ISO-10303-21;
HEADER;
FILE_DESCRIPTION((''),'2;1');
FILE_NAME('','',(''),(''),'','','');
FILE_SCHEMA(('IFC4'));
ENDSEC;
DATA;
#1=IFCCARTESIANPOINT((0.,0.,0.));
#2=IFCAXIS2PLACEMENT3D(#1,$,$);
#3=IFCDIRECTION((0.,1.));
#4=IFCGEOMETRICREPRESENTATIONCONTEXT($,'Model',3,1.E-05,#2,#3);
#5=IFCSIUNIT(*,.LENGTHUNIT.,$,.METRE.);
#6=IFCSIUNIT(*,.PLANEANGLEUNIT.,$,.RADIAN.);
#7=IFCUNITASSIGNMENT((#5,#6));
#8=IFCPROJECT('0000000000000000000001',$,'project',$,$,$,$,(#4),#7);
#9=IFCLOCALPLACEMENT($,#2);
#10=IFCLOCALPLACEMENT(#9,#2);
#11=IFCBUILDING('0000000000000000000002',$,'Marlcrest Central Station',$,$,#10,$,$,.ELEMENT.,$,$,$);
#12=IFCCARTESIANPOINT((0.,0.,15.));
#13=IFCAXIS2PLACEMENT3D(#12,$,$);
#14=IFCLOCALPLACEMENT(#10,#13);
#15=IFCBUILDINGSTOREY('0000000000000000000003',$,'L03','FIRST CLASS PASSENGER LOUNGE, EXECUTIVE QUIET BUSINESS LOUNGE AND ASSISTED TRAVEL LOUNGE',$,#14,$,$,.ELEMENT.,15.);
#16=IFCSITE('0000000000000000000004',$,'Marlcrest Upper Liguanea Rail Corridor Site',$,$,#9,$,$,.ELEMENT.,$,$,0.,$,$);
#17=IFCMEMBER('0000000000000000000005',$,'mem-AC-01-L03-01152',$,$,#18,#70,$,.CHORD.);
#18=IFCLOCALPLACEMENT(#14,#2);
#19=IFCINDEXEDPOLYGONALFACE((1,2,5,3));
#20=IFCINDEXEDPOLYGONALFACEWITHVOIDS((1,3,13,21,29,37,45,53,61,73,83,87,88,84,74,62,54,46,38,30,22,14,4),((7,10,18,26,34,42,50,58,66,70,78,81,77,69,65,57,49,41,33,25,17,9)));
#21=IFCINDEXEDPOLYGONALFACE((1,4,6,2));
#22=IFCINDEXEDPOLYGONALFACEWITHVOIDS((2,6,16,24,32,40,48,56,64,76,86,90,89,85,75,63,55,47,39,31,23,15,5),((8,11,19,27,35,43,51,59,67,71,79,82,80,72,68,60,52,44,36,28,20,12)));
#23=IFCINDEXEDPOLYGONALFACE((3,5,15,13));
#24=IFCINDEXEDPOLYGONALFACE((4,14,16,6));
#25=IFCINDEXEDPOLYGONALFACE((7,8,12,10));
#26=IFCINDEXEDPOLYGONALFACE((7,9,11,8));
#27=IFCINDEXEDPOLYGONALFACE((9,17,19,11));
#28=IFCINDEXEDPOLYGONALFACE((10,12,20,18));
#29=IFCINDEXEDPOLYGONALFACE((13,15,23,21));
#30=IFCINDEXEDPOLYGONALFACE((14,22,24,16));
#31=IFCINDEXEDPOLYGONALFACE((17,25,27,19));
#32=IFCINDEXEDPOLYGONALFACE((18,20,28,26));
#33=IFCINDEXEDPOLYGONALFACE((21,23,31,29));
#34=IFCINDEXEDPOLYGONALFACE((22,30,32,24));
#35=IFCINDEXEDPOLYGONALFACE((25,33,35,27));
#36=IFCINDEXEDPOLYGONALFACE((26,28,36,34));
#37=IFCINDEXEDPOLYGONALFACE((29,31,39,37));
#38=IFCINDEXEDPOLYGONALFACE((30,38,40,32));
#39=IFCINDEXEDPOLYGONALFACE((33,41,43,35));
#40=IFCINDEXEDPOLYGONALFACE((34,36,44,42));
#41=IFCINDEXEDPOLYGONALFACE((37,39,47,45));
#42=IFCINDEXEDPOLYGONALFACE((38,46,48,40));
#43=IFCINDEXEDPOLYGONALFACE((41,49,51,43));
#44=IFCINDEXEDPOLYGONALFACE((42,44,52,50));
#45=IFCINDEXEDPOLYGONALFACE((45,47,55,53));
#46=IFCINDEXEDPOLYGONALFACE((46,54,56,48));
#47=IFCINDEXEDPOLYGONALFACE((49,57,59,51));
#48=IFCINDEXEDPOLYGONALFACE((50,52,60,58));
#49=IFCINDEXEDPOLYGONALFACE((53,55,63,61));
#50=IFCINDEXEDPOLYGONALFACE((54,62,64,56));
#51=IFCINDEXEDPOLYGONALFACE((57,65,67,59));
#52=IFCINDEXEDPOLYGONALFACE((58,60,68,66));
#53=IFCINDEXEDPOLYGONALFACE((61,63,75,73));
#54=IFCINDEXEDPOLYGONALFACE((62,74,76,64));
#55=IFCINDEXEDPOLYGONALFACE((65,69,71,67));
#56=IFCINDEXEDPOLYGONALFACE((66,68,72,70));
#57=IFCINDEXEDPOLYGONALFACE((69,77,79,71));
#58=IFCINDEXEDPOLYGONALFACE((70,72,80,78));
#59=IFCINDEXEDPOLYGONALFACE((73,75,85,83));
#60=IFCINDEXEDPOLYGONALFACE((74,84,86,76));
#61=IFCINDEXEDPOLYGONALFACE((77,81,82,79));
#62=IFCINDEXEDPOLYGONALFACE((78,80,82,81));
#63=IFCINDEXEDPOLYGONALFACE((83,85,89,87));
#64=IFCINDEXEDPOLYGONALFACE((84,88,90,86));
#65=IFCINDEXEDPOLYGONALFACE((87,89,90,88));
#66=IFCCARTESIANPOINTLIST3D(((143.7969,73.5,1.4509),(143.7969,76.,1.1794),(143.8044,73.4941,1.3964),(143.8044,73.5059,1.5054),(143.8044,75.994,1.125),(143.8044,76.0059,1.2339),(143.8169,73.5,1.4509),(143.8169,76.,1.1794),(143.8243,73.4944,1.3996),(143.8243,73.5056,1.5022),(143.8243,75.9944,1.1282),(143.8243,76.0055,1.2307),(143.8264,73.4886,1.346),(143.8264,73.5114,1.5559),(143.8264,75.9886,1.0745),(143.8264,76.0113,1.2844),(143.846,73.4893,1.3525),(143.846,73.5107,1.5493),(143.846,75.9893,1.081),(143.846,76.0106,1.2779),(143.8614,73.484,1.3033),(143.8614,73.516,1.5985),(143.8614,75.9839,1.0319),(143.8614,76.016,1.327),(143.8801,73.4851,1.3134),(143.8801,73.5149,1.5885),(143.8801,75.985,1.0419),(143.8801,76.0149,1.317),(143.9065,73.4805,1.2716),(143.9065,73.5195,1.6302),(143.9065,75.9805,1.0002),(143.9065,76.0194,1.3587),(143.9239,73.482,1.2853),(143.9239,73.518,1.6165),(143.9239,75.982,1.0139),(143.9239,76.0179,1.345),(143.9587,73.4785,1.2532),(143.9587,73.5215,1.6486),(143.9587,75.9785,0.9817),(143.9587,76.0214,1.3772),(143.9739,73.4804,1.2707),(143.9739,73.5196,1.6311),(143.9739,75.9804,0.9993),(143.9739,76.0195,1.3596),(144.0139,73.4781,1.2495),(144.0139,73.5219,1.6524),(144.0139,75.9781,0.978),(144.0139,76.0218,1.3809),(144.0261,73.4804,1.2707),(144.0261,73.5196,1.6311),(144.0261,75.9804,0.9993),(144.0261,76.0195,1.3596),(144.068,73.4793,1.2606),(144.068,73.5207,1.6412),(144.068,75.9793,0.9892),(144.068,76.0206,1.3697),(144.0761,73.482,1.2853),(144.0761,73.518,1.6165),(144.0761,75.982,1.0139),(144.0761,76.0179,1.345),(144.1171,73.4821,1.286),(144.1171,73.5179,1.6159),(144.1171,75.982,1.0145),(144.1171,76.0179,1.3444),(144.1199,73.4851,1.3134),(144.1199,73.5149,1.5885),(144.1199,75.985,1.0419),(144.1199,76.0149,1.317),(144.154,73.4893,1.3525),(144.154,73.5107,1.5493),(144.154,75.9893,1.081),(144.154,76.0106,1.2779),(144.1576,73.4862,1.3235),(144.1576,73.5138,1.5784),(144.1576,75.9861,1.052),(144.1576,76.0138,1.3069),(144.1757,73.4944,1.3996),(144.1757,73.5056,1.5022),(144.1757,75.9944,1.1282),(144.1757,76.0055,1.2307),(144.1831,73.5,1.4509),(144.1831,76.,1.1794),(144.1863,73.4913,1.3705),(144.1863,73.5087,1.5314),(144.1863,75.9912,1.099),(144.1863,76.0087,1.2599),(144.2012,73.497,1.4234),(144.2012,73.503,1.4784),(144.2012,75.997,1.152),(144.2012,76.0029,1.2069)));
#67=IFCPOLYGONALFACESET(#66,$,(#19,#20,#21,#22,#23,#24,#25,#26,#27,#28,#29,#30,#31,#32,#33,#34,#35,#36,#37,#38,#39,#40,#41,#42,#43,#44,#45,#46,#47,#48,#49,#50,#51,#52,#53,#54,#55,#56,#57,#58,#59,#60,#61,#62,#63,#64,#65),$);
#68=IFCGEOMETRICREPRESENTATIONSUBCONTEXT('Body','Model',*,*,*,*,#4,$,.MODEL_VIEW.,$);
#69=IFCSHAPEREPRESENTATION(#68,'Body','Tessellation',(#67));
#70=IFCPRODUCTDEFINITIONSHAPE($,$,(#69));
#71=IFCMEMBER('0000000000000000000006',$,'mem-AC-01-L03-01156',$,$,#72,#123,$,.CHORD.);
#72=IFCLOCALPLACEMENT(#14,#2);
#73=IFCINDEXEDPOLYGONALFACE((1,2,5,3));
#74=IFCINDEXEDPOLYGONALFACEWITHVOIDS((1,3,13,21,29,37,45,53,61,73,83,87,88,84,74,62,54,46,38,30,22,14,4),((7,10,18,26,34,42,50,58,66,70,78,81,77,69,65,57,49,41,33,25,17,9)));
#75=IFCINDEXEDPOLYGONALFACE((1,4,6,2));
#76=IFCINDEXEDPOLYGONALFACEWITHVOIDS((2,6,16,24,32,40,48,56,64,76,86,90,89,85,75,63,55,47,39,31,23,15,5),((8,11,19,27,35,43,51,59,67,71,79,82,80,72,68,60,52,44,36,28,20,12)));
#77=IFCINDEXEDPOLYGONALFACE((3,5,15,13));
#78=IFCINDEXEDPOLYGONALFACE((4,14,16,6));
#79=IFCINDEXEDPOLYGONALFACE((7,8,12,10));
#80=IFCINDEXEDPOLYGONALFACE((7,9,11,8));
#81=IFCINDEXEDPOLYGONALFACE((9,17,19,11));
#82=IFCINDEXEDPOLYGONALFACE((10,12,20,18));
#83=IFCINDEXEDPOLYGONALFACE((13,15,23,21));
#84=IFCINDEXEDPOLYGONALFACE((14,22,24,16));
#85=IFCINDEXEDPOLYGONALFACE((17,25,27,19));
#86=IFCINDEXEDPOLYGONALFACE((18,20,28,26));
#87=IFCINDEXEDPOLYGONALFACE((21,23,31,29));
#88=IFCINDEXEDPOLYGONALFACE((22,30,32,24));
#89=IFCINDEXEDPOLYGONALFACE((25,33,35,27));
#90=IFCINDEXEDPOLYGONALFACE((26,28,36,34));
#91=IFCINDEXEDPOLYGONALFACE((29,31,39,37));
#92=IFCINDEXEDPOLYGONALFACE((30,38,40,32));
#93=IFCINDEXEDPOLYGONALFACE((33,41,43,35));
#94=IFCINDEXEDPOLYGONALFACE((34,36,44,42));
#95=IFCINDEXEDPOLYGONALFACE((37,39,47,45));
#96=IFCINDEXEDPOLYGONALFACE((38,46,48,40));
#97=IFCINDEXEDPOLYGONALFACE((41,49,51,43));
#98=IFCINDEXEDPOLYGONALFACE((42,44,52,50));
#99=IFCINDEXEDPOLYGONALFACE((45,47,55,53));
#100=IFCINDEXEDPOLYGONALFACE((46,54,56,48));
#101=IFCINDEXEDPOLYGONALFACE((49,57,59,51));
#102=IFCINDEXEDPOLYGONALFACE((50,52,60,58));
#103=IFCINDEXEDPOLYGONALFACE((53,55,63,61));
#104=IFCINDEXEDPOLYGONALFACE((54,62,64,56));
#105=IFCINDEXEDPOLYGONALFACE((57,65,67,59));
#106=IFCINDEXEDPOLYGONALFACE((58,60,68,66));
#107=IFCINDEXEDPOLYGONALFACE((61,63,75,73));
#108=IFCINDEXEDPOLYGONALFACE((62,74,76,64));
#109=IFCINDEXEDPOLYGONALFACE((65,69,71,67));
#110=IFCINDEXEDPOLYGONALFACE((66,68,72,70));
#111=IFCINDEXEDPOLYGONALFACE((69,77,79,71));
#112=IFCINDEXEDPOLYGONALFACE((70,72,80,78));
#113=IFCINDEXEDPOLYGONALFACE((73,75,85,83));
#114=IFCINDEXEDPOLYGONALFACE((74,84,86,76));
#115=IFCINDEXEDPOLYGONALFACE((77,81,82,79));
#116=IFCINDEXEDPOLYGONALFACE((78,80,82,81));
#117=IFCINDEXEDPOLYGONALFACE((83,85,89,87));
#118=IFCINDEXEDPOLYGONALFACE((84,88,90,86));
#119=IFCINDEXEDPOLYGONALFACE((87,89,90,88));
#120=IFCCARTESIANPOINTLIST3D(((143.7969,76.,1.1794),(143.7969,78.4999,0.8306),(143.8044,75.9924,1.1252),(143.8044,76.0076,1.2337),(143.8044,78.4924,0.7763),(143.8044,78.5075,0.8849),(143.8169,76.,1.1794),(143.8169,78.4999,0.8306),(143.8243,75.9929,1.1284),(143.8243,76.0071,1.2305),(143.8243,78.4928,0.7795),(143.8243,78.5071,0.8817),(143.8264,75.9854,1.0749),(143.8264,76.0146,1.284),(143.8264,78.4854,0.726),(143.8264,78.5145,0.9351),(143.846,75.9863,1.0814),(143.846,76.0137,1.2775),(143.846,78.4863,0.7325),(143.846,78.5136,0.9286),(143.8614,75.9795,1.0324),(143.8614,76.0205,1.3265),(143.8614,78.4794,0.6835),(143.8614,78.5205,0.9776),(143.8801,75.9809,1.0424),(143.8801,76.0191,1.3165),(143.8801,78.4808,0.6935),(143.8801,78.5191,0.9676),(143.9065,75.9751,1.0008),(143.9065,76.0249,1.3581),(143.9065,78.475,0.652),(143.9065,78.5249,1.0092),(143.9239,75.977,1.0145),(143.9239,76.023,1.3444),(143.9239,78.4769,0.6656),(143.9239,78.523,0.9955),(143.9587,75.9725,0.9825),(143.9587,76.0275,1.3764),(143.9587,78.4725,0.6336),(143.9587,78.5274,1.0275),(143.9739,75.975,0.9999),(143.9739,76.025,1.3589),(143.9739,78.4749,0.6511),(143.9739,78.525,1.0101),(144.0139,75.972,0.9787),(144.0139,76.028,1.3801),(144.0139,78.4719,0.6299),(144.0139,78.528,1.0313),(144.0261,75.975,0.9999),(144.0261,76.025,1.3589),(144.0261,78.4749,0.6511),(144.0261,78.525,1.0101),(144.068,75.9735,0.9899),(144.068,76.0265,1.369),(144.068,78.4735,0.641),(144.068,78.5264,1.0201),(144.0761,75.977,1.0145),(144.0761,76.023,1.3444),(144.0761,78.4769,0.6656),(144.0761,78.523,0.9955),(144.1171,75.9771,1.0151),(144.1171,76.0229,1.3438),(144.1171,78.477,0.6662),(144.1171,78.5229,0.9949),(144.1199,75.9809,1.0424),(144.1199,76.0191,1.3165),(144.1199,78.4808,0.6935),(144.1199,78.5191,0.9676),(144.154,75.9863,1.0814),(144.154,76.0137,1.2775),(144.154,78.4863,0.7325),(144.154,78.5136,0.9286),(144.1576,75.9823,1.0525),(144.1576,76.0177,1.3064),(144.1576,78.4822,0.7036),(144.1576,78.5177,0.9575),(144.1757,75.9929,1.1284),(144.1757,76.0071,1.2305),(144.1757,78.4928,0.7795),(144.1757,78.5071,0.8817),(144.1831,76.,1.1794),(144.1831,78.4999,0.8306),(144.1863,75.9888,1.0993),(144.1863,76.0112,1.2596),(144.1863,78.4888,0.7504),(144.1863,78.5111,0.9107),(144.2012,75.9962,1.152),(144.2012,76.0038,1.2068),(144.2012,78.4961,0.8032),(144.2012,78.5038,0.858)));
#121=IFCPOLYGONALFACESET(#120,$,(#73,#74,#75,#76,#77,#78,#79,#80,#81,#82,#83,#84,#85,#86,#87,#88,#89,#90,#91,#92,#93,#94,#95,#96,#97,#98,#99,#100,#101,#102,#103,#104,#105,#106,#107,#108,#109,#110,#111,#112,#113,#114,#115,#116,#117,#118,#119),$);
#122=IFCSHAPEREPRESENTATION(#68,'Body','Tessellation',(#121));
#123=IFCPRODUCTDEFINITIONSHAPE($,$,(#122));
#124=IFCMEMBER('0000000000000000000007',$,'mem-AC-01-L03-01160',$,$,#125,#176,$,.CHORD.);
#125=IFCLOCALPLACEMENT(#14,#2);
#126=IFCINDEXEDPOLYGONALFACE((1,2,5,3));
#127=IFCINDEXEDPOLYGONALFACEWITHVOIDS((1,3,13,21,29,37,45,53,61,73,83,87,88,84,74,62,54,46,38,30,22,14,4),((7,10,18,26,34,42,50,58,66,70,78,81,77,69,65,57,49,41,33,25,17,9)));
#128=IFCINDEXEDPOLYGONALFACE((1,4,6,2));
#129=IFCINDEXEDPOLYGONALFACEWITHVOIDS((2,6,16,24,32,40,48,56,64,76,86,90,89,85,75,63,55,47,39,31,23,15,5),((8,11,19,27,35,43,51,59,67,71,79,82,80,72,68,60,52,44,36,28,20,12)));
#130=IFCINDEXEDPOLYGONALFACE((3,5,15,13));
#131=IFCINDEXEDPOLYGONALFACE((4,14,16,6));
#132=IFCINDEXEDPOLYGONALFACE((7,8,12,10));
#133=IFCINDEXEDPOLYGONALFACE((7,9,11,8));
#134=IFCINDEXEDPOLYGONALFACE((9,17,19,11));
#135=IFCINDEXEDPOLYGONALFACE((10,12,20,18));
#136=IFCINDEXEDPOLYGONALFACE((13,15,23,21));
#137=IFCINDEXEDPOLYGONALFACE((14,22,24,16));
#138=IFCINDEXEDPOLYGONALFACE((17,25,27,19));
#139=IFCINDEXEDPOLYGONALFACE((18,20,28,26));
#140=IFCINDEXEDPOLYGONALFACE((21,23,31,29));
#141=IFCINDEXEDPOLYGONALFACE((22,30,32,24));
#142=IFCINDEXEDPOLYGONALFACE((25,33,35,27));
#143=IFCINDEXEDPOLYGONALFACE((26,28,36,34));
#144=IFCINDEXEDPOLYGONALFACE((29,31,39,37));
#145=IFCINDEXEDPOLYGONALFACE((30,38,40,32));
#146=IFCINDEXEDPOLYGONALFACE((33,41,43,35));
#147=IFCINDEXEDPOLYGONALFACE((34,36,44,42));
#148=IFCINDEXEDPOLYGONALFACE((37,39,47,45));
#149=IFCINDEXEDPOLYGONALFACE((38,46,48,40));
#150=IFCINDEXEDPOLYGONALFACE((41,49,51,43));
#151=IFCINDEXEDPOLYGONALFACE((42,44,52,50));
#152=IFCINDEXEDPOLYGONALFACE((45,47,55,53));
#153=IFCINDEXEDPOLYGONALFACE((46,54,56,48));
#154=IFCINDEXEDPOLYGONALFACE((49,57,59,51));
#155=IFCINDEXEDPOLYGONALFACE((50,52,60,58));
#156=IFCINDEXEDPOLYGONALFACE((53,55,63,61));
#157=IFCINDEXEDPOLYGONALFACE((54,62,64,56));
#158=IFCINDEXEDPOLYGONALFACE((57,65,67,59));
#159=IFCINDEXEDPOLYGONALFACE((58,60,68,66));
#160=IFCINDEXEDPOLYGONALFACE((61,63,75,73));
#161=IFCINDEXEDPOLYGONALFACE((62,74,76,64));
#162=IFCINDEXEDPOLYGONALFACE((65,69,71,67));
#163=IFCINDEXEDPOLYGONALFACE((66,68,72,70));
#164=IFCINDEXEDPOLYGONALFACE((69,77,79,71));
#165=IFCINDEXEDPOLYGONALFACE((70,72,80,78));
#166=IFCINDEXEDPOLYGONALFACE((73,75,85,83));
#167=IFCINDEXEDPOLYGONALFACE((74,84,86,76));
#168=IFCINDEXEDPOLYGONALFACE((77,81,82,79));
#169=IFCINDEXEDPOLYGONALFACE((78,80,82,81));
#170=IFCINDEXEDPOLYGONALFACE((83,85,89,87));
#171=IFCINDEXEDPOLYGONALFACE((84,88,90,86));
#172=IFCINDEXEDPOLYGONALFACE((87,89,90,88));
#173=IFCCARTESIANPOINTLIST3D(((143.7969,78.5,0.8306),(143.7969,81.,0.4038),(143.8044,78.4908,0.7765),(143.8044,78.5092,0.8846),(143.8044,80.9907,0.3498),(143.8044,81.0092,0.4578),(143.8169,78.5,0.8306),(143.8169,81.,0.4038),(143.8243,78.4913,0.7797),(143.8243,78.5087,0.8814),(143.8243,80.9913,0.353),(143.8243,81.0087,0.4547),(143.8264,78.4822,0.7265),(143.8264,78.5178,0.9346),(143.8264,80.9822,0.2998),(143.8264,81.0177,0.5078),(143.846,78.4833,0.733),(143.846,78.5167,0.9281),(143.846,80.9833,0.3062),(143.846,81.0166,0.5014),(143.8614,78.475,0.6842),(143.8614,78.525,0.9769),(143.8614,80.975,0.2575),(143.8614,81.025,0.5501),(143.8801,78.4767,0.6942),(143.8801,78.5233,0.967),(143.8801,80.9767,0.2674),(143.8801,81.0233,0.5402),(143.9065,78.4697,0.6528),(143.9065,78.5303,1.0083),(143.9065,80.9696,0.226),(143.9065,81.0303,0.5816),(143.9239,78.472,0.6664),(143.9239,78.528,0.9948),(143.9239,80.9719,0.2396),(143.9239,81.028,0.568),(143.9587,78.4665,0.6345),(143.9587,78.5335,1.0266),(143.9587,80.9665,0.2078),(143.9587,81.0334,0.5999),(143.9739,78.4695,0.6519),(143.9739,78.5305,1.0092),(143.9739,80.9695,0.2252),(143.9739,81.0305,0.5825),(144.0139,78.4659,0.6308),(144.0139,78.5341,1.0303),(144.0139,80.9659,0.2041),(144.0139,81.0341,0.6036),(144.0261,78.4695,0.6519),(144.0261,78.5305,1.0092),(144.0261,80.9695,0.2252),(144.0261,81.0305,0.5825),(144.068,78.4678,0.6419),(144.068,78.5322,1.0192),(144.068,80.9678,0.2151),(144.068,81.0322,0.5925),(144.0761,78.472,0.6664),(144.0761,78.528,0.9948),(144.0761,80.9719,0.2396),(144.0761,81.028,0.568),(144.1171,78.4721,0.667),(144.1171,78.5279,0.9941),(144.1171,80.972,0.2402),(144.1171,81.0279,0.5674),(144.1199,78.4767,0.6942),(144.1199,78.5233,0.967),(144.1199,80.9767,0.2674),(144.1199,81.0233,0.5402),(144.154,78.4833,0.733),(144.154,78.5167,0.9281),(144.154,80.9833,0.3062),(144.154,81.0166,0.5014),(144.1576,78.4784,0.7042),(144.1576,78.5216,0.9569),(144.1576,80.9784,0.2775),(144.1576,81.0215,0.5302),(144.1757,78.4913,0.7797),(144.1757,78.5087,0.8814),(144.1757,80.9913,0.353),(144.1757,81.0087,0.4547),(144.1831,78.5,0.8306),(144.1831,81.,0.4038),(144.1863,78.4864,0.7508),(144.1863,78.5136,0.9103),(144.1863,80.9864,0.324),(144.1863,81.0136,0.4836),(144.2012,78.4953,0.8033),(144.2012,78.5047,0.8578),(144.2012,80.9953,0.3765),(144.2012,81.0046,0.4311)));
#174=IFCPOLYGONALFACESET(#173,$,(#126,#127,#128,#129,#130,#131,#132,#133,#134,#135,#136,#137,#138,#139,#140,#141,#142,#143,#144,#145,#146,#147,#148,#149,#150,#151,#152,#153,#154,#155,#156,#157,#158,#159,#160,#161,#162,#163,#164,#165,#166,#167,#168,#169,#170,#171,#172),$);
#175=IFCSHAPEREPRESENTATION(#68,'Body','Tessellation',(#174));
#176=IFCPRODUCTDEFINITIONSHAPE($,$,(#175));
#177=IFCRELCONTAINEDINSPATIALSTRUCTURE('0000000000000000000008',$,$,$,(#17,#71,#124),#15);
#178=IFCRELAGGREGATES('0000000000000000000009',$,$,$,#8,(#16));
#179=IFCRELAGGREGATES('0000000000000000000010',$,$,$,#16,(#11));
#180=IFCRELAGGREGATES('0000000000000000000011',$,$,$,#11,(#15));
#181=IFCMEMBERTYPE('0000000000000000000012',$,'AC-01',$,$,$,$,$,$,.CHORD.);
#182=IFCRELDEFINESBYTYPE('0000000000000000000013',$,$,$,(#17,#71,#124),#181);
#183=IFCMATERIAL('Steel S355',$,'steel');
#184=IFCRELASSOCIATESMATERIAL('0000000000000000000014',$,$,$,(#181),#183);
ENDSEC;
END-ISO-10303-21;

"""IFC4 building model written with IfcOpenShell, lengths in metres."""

from ifc_helpers import new_model, si_unit, direction, frame, origin, origin_2d, place, context, subcontext, project, spatial, hollow_circle, extrude, material, material_profile, profile_set, type_object, element, save


model = new_model("IFC4")

# Units and contexts
model_context = context("Model", 3, precision=1e-05, world=origin(), true_north=direction((0.0, 1.0)))
body_context = subcontext(model_context, "Body", "Model", "MODEL_VIEW")
ifc_project = project(units=[si_unit("LENGTHUNIT", "METRE"), si_unit("PLANEANGLEUNIT", "RADIAN")], contexts=[model_context])

# Site, building, storey
site_placement = place(None, origin())
site = spatial("IfcSite", under=ifc_project, at=site_placement, Name="Marlcrest Upper Liguanea Rail Corridor Site", CompositionType="ELEMENT", RefElevation=0.0)
building_placement = place(site_placement, origin())
building = spatial("IfcBuilding", under=site, at=building_placement, Name="Marlcrest Central Station", CompositionType="ELEMENT")
storey_placement = place(building_placement, frame((0.0, 0.0, 15.0)))
storey = spatial("IfcBuildingStorey", under=building, at=storey_placement, Name="L03", Description="FIRST CLASS PASSENGER LOUNGE, EXECUTIVE QUIET BUSINESS LOUNGE AND ASSISTED TRAVEL LOUNGE", CompositionType="ELEMENT", Elevation=15.0)

# Members
ifc_material_1 = material(Name="Steel S355", Category="steel")
ifc_material_profile_1 = material_profile(ifc_material_1, hollow_circle(Radius=0.2031, WallThickness=0.02, at=origin_2d()), Name="CHS 406.4x20")
ifc_profile_set_1 = profile_set([ifc_material_profile_1], Name="Steel S355")
member_type_1 = type_object("IfcMemberType", Name="AC-01", PredefinedType="CHORD", material=ifc_profile_set_1)
member_1_placement = place(storey_placement, frame((144.0, 73.5, 1.4509), z_axis=(0.0, 0.994155, -0.107959), x_axis=(-1.0, 0.0, 0.0)))
element("IfcMember", 1, at=member_1_placement, inside=storey, type_object=member_type_1, Name="mem-AC-01-L03-01152", PredefinedType="CHORD", context=body_context, shape_type="SweptSolid", body=[
    extrude(hollow_circle(Radius=0.2031, WallThickness=0.02, at=origin_2d()), origin(), (0.0, 0.0, 1.0), 2.5146),
])
member_2_placement = place(storey_placement, frame((144.0, 76.0, 1.1794), z_axis=(0.0, 0.990403, -0.138211), x_axis=(-1.0, 0.0, 0.0)))
element("IfcMember", 2, at=member_2_placement, inside=storey, type_object=member_type_1, Name="mem-AC-01-L03-01156", PredefinedType="CHORD", context=body_context, shape_type="SweptSolid", body=[
    extrude(hollow_circle(Radius=0.2031, WallThickness=0.02, at=origin_2d()), origin(), (0.0, 0.0, 1.0), 2.5242),
])
member_3_placement = place(storey_placement, frame((144.0, 78.5, 0.8306), z_axis=(0.0, 0.985741, -0.168269), x_axis=(-1.0, 0.0, 0.0)))
element("IfcMember", 3, at=member_3_placement, inside=storey, type_object=member_type_1, Name="mem-AC-01-L03-01160", PredefinedType="CHORD", context=body_context, shape_type="SweptSolid", body=[
    extrude(hollow_circle(Radius=0.2031, WallThickness=0.02, at=origin_2d()), origin(), (0.0, 0.0, 1.0), 2.5361),
])

save(model, "model.ifc")
